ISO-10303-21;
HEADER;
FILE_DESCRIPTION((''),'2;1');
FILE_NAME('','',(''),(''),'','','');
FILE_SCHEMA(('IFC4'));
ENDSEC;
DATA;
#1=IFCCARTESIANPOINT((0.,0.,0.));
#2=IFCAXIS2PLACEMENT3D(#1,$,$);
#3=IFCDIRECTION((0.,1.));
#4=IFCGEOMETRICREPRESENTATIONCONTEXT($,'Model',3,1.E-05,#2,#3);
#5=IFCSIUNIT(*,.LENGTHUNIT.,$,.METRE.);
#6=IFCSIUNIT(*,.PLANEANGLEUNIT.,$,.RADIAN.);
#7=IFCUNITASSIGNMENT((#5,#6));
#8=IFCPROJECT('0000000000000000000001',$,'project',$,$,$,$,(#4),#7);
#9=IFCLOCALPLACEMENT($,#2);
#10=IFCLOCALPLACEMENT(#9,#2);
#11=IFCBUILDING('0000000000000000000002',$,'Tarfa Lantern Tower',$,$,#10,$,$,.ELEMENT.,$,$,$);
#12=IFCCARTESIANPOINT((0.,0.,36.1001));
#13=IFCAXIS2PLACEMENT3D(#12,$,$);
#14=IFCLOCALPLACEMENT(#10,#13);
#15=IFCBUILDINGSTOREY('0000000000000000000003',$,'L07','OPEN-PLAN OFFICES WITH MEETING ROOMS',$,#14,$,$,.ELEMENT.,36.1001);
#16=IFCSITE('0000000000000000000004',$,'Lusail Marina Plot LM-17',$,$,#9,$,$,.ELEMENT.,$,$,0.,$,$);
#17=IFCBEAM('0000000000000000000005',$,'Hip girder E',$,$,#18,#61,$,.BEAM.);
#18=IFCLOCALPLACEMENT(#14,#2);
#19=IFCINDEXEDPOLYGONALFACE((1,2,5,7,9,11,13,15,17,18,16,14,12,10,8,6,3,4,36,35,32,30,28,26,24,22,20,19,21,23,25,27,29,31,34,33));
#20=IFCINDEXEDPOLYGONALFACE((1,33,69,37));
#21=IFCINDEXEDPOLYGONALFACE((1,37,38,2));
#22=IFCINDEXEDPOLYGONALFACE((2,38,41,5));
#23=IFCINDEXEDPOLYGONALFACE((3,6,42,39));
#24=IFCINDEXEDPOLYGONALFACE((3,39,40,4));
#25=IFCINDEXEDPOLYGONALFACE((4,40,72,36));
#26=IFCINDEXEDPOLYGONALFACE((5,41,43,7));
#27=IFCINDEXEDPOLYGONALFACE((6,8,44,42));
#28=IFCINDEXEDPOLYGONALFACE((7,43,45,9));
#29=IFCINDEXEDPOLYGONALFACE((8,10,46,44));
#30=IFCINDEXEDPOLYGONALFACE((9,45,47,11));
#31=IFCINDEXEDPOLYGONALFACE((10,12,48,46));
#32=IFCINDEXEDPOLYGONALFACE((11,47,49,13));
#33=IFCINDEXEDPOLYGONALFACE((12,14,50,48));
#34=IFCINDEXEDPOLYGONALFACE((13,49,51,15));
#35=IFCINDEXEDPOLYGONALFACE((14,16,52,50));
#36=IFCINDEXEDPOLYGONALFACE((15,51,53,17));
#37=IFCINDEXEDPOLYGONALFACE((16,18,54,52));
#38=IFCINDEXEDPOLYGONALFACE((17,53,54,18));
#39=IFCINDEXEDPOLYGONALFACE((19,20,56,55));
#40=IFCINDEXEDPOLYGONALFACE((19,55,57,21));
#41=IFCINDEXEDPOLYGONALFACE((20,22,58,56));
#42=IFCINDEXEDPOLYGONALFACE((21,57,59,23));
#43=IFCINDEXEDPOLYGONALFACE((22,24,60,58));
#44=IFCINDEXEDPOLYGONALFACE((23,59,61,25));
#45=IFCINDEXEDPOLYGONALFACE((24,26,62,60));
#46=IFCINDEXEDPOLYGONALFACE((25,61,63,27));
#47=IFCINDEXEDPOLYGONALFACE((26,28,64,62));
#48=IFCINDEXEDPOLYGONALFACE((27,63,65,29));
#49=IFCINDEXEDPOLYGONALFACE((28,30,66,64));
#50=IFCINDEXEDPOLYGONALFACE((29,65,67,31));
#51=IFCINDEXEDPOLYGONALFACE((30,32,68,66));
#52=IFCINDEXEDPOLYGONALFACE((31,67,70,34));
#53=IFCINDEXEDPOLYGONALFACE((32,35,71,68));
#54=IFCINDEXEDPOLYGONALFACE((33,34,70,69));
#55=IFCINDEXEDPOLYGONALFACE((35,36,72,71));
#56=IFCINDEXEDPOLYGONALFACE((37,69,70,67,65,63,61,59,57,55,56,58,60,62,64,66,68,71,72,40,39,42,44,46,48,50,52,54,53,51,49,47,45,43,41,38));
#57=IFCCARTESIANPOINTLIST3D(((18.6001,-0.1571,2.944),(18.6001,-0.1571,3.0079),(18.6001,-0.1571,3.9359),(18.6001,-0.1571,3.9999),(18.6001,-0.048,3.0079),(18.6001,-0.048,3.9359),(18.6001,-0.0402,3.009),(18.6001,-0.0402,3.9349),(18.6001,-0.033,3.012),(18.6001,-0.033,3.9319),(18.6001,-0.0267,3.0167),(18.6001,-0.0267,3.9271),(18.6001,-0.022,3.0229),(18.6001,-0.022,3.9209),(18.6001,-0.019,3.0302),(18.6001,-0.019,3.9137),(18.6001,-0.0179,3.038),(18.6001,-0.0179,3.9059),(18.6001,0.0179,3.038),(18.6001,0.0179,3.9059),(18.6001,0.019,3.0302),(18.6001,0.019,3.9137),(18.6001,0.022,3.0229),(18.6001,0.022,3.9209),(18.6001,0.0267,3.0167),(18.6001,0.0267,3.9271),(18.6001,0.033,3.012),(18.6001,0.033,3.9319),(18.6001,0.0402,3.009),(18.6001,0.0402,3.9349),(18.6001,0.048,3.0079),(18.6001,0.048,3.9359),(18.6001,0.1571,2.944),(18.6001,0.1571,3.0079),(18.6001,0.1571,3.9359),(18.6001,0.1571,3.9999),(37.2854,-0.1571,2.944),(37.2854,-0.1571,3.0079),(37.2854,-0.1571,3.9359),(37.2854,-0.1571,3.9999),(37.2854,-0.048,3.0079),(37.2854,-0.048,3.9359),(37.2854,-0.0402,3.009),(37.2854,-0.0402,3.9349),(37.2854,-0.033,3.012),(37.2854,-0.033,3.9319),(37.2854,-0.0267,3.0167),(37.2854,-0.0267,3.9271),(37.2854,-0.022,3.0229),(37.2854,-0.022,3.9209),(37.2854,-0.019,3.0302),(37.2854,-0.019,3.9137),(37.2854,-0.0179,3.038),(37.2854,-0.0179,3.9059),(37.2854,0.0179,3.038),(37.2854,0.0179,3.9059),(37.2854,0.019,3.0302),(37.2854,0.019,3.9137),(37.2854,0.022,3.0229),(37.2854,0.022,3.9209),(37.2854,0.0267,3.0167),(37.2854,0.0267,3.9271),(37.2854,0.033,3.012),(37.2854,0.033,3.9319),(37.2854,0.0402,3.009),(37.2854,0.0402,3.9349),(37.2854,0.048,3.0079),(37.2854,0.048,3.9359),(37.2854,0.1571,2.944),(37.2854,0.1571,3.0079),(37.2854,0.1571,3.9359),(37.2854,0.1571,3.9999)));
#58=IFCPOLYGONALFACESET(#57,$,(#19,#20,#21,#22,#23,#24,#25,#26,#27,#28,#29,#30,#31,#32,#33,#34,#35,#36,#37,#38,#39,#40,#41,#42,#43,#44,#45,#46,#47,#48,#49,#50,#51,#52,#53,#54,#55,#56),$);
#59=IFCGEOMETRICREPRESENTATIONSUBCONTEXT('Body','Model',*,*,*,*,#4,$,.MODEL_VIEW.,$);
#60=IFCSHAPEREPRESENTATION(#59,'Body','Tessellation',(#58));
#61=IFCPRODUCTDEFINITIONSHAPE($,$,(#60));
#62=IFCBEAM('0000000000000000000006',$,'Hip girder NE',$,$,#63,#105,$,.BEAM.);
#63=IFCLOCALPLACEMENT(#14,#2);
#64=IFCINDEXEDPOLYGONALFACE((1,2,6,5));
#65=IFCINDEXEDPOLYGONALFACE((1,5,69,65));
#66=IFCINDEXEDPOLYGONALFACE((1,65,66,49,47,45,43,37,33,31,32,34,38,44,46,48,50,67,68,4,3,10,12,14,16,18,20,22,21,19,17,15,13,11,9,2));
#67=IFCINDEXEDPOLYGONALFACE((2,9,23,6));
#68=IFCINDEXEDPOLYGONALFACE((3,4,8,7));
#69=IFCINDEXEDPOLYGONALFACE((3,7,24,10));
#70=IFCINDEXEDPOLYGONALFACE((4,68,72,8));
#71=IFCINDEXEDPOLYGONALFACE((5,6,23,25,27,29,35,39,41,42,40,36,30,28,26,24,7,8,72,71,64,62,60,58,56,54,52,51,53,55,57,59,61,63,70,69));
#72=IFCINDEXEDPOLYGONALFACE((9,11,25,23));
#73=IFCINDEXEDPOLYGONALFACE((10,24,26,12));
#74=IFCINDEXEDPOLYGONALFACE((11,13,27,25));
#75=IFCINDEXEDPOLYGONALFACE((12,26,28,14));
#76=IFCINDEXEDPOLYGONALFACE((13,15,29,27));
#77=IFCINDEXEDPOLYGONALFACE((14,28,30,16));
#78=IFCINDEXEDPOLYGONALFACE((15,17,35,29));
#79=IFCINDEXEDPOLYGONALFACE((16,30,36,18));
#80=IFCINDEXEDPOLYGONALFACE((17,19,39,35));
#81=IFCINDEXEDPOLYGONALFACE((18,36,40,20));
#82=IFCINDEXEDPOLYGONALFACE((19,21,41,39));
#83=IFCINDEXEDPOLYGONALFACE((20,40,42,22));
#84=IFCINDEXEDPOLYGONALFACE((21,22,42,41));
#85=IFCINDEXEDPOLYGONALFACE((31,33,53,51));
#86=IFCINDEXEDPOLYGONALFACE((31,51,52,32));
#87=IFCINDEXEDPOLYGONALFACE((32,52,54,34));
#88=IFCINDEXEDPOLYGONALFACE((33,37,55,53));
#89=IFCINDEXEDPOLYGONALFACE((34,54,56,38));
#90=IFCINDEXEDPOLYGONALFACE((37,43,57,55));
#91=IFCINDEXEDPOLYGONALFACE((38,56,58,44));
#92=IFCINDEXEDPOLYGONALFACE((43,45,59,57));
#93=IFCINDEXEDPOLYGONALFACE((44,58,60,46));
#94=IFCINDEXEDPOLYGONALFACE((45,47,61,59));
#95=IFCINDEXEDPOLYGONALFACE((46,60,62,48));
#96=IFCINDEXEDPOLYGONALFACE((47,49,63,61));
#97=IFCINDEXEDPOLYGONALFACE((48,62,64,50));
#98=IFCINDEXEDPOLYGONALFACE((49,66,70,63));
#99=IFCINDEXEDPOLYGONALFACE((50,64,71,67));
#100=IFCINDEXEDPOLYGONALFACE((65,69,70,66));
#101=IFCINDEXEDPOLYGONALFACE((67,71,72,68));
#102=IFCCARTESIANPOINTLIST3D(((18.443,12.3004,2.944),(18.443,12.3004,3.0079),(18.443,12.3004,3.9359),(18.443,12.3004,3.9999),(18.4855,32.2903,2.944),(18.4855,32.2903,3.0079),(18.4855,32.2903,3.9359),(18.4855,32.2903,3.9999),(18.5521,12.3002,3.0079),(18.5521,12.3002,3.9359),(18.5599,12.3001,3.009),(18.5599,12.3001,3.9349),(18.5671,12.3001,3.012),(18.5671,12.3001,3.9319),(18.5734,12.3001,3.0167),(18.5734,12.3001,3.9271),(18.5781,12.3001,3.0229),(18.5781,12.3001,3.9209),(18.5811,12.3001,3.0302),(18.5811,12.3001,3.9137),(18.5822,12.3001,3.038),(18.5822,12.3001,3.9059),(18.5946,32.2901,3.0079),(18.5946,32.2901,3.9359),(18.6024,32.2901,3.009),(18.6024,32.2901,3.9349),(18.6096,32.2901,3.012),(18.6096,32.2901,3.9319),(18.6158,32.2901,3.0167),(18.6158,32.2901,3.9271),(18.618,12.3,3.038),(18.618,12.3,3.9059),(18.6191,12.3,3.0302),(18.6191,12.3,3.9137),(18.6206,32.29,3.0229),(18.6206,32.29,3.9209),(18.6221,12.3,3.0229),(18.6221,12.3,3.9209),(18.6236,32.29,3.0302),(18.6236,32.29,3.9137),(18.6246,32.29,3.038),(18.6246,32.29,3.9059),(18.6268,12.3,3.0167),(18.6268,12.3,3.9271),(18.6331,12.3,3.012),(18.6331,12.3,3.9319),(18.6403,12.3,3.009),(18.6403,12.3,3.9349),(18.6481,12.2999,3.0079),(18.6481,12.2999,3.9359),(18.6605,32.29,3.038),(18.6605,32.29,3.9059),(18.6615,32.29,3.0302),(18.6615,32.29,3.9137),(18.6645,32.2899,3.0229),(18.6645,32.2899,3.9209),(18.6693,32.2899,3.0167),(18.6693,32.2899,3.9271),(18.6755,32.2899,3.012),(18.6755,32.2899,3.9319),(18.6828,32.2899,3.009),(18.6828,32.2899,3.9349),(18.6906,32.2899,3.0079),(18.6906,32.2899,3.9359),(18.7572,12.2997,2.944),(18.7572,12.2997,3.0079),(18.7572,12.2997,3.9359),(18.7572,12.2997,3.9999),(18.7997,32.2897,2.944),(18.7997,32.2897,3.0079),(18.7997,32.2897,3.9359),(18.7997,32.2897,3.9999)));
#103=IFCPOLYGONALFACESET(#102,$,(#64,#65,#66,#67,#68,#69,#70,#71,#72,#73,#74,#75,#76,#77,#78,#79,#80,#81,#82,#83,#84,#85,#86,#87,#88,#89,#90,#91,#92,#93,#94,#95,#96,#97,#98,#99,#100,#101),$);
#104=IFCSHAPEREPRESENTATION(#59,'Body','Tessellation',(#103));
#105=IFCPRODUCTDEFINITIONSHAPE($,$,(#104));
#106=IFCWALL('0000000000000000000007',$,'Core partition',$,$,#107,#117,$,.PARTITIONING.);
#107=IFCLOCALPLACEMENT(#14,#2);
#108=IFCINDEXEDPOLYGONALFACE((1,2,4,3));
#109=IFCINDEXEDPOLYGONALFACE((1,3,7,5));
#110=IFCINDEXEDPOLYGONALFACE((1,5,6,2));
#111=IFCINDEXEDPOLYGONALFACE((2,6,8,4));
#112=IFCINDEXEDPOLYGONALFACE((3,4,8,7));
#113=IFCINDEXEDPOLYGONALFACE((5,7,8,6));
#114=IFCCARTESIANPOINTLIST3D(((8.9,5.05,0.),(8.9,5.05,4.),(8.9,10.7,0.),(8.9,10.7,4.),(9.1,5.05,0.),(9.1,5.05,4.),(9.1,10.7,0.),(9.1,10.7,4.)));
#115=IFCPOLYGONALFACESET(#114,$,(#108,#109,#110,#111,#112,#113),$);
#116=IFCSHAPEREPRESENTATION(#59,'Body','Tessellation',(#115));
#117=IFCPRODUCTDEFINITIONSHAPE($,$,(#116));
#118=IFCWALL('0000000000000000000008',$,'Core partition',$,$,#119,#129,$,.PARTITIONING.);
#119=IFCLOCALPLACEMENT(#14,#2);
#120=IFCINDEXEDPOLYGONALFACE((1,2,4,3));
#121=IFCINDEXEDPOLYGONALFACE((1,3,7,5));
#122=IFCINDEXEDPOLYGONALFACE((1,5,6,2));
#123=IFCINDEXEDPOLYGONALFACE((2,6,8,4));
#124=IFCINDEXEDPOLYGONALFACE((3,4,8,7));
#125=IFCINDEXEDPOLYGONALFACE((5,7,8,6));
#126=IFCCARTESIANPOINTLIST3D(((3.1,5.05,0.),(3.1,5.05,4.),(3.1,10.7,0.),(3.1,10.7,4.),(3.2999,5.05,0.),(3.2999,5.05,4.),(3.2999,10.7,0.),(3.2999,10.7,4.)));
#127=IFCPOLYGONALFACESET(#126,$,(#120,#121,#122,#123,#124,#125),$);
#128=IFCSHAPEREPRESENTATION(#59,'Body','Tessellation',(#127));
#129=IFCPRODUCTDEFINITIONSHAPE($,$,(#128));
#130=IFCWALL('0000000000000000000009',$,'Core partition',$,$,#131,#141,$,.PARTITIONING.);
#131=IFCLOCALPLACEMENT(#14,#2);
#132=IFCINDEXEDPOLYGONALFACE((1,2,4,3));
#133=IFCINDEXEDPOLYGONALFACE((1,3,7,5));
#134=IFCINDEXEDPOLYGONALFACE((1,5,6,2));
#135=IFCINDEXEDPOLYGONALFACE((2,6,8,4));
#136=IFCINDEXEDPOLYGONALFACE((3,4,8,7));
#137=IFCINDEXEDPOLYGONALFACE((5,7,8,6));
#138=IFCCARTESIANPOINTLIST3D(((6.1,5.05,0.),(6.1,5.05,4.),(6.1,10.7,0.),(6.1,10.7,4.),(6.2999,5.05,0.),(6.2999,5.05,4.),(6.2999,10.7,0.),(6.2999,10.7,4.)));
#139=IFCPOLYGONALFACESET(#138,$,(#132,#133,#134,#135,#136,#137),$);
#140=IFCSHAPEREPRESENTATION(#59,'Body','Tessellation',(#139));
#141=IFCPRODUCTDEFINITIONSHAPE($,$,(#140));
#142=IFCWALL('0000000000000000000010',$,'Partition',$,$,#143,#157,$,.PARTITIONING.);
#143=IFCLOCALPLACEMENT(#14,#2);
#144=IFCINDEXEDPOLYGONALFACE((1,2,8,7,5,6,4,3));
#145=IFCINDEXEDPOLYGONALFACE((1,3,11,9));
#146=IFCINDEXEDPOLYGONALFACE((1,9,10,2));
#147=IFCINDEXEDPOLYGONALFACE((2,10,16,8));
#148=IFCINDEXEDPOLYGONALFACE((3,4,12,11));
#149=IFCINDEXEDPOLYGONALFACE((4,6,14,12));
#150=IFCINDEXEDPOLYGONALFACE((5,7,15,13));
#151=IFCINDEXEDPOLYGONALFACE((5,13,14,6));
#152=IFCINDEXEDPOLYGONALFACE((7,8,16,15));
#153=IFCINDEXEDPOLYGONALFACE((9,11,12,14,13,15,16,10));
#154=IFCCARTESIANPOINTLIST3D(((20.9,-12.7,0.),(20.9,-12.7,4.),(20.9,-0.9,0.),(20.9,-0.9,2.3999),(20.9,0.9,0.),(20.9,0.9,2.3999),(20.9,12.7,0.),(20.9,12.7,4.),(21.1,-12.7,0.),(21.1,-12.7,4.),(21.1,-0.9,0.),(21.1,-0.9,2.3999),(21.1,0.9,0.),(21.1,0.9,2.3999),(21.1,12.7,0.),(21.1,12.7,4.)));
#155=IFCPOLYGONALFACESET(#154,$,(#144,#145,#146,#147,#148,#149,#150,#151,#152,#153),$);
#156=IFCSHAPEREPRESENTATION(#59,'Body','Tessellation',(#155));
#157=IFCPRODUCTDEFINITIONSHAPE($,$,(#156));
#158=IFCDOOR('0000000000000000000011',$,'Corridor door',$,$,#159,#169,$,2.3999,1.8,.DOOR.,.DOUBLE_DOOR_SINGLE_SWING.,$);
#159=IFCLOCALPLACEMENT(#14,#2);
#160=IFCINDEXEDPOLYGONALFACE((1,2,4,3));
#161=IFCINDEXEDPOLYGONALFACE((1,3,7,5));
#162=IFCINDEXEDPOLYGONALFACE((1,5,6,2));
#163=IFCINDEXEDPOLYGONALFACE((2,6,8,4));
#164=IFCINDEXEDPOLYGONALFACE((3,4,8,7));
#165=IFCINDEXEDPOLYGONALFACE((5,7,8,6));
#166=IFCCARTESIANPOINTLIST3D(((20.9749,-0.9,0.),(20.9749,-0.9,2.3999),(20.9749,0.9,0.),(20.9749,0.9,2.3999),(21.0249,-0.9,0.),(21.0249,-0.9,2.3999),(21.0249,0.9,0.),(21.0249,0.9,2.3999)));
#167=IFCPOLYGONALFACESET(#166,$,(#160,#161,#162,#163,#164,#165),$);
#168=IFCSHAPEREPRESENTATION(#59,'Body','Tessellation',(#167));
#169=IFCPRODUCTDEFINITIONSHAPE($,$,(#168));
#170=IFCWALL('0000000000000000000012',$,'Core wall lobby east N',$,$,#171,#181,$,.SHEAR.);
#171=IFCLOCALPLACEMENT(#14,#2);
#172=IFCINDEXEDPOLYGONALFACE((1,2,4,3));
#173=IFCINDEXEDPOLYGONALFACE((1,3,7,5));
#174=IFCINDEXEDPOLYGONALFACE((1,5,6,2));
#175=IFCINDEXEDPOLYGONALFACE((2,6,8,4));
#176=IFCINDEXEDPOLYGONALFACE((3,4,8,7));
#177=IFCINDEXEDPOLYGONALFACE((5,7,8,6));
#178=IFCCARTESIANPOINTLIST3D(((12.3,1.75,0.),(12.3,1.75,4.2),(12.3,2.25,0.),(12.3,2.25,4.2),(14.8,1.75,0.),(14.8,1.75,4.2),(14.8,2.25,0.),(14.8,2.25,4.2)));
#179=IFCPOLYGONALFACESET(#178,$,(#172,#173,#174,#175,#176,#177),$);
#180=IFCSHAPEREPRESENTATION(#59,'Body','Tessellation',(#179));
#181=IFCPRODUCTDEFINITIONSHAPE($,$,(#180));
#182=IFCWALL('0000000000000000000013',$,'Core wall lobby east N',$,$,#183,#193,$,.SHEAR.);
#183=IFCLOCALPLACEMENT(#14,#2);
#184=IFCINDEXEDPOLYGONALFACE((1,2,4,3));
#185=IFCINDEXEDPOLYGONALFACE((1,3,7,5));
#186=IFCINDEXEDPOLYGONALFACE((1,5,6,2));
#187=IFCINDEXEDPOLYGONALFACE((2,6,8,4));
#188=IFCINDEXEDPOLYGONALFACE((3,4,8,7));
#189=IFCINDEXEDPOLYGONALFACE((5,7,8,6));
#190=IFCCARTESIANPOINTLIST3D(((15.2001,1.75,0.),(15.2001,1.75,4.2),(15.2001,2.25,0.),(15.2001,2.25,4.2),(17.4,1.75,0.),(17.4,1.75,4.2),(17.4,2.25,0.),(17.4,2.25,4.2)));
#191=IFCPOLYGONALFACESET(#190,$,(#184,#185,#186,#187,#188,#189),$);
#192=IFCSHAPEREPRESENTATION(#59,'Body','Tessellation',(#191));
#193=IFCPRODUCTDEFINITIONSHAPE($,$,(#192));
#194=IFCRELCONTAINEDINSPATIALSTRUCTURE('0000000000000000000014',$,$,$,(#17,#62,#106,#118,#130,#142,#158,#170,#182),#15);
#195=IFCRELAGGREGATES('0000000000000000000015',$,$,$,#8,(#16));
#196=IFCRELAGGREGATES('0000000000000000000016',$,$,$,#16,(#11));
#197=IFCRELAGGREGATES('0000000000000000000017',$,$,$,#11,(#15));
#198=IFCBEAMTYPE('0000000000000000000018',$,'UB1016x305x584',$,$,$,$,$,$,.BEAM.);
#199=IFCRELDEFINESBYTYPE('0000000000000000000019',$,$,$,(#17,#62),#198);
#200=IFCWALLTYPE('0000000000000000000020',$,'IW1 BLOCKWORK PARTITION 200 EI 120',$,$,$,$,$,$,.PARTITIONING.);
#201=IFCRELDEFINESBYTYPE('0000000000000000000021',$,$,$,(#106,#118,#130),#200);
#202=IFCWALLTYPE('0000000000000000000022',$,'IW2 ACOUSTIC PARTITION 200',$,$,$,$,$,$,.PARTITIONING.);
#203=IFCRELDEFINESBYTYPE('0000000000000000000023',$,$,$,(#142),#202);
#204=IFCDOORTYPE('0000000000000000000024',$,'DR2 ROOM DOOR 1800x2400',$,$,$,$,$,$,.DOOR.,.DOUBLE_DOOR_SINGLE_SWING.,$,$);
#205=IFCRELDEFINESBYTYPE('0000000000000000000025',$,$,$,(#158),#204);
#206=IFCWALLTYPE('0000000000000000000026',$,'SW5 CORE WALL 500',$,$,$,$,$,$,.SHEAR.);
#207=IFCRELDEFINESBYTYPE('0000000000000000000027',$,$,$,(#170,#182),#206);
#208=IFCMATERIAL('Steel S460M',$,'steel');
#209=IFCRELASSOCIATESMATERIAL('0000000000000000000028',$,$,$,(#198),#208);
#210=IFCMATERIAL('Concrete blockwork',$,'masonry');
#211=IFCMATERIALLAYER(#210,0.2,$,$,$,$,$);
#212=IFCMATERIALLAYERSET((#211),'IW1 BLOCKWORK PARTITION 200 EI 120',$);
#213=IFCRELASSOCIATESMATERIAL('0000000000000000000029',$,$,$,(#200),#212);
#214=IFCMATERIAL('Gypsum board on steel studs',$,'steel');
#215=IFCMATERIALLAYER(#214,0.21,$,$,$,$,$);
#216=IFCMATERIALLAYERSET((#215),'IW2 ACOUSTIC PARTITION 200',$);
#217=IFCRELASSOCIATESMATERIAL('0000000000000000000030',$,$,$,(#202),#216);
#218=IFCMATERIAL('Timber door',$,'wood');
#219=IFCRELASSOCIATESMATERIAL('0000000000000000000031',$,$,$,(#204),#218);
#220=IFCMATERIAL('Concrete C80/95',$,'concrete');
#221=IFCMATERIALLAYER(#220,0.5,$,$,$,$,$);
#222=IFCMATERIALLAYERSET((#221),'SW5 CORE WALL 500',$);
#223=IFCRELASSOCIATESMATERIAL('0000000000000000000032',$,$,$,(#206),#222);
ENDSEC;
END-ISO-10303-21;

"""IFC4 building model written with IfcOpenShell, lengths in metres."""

from ifc_helpers import new_model, si_unit, direction, frame, frame_2d, origin, origin_2d, place, context, subcontext, project, spatial, rectangle, i_section, extrude, material, layer, layer_set, material_profile, profile_set, type_object, element, fill, save


model = new_model("IFC4")

# Units and contexts
model_context = context("Model", 3, precision=1e-05, world=origin(), true_north=direction((0.0, 1.0)))
body_context = subcontext(model_context, "Body", "Model", "MODEL_VIEW")
ifc_project = project(units=[si_unit("LENGTHUNIT", "METRE"), si_unit("PLANEANGLEUNIT", "RADIAN")], contexts=[model_context])

# Site, building, storey
site_placement = place(None, origin())
site = spatial("IfcSite", under=ifc_project, at=site_placement, Name="Lusail Marina Plot LM-17", CompositionType="ELEMENT", RefElevation=0.0)
building_placement = place(site_placement, origin())
building = spatial("IfcBuilding", under=site, at=building_placement, Name="Tarfa Lantern Tower", CompositionType="ELEMENT")
storey_placement = place(building_placement, frame((0.0, 0.0, 36.1001)))
storey = spatial("IfcBuildingStorey", under=building, at=storey_placement, Name="L07", Description="OPEN-PLAN OFFICES WITH MEETING ROOMS", CompositionType="ELEMENT", Elevation=36.1001)

# Beams
ifc_material_1 = material(Name="Steel S460M", Category="steel")
ifc_material_profile = material_profile(ifc_material_1, i_section(OverallWidth=0.3142, OverallDepth=1.0559, WebThickness=0.0359, FlangeThickness=0.064, FilletRadius=0.03, at=origin_2d()), Name="UB1016x305x584")
ifc_profile_set = profile_set([ifc_material_profile], Name="Steel S460M")
beam_type = type_object("IfcBeamType", Name="UB1016x305x584", PredefinedType="BEAM", material=ifc_profile_set)
beam_1_placement = place(storey_placement, frame((18.6001, 0.0, 3.4719), z_axis=(1.0, 0.0, 0.0), x_axis=(0.0, 1.0, 0.0)))
element("IfcBeam", 1, at=beam_1_placement, inside=storey, type_object=beam_type, Name="Hip girder E", PredefinedType="BEAM", context=body_context, shape_type="SweptSolid", body=[
    extrude(i_section(OverallWidth=0.3142, OverallDepth=1.0559, WebThickness=0.0359, FlangeThickness=0.064, FilletRadius=0.03, at=origin_2d()), origin(), (0.0, 0.0, 1.0), 18.6853),
])
beam_2_placement = place(storey_placement, frame((18.6001, 12.3, 3.4719), z_axis=(0.002125, 0.999998, 0.0), x_axis=(-0.999998, 0.002125, 0.0)))
element("IfcBeam", 2, at=beam_2_placement, inside=storey, type_object=beam_type, Name="Hip girder NE", PredefinedType="BEAM", context=body_context, shape_type="SweptSolid", body=[
    extrude(i_section(OverallWidth=0.3142, OverallDepth=1.0559, WebThickness=0.0359, FlangeThickness=0.064, FilletRadius=0.03, at=origin_2d()), origin(), (0.0, 0.0, 1.0), 19.99),
])

# Walls
ifc_material_2 = material(Name="Concrete blockwork", Category="masonry")
ifc_layer_1 = layer(ifc_material_2, 0.2)
ifc_layer_set_1 = layer_set([ifc_layer_1], Name="IW1 BLOCKWORK PARTITION 200 EI 120")
wall_type_1 = type_object("IfcWallType", Name="IW1 BLOCKWORK PARTITION 200 EI 120", PredefinedType="PARTITIONING", material=ifc_layer_set_1)
for number, where, z_axis, x_axis, name in (
    (3, (9.0, 5.05, 0.0), (0.0, 0.0, 1.0), (0.0, 1.0, 0.0), "Core partition"),
    (4, (3.2, 5.05, 0.0), (0.0, 0.0, 1.0), (0.0, 1.0, 0.0), "Core partition"),
    (5, (6.2, 5.05, 0.0), (0.0, 0.0, 1.0), (0.0, 1.0, 0.0), "Core partition"),
):
    element("IfcWall", number, at=place(storey_placement, frame(where, z_axis=z_axis, x_axis=x_axis)), inside=storey, type_object=wall_type_1, Name=name, PredefinedType="PARTITIONING", context=body_context, shape_type="SweptSolid", body=[
        extrude(rectangle(XDim=5.6499, YDim=0.2, at=frame_2d((2.825, 0.0))), origin(), (0.0, 0.0, 1.0), 4.0),
    ])

# Wall, opening, door
ifc_material_3 = material(Name="Gypsum board on steel studs", Category="steel")
ifc_layer_2 = layer(ifc_material_3, 0.21)
ifc_layer_set_2 = layer_set([ifc_layer_2], Name="IW2 ACOUSTIC PARTITION 200")
wall_type_2 = type_object("IfcWallType", Name="IW2 ACOUSTIC PARTITION 200", PredefinedType="PARTITIONING", material=ifc_layer_set_2)
wall_1_placement = place(storey_placement, frame((21.0, 12.7, 0.0), z_axis=(0.0, 0.0, 1.0), x_axis=(0.0, -1.0, 0.0)))
wall_1 = element("IfcWall", 6, at=wall_1_placement, inside=storey, type_object=wall_type_2, Name="Partition", PredefinedType="PARTITIONING", context=body_context, shape_type="SweptSolid", body=[
    extrude(rectangle(XDim=25.3999, YDim=0.2, at=frame_2d((12.7, 0.0))), origin(), (0.0, 0.0, 1.0), 4.0),
])
opening_placement = place(wall_1_placement, frame((11.8, 0.0, 0.0)))
opening = element("IfcOpeningElement", 7, at=opening_placement, cuts=wall_1, PredefinedType="OPENING", context=body_context, shape_type="SweptSolid", body=[
    extrude(rectangle(XDim=1.8, YDim=2.3999, at=frame_2d((0.8999, 1.2))), frame((0.0, 0.1099, 0.0), z_axis=(0.0, -1.0, 0.0), x_axis=(1.0, 0.0, 0.0)), (0.0, 0.0, 1.0), 0.22),
])
ifc_material_4 = material(Name="Timber door", Category="wood")
door_type = type_object("IfcDoorType", Name="DR2 ROOM DOOR 1800x2400", OperationType="DOUBLE_DOOR_SINGLE_SWING", PredefinedType="DOOR", material=ifc_material_4)
door_placement = place(opening_placement, origin())
door = element("IfcDoor", 8, at=door_placement, inside=storey, type_object=door_type, Name="Corridor door", OperationType="DOUBLE_DOOR_SINGLE_SWING", OverallHeight=2.3999, OverallWidth=1.8, PredefinedType="DOOR", context=body_context, shape_type="SweptSolid", body=[
    extrude(rectangle(XDim=1.8, YDim=2.3999, at=frame_2d((0.8999, 1.2))), frame((0.0, 0.0249, 0.0), z_axis=(0.0, -1.0, 0.0), x_axis=(1.0, 0.0, 0.0)), (0.0, 0.0, 1.0), 0.05),
])
fill(opening, door)

# Walls
ifc_material_5 = material(Name="Concrete C80/95", Category="concrete")
ifc_layer_3 = layer(ifc_material_5, 0.5)
ifc_layer_set_3 = layer_set([ifc_layer_3], Name="SW5 CORE WALL 500")
wall_type_3 = type_object("IfcWallType", Name="SW5 CORE WALL 500", PredefinedType="SHEAR", material=ifc_layer_set_3)
wall_2_placement = place(storey_placement, frame((12.3, 2.0, 0.0), z_axis=(0.0, 0.0, 1.0), x_axis=(1.0, 0.0, 0.0)))
element("IfcWall", 9, at=wall_2_placement, inside=storey, type_object=wall_type_3, Name="Core wall lobby east N", PredefinedType="SHEAR", context=body_context, shape_type="SweptSolid", body=[
    extrude(rectangle(XDim=2.5, YDim=0.5, at=frame_2d((1.25, 0.0))), origin(), (0.0, 0.0, 1.0), 4.2),
])
wall_3_placement = place(storey_placement, frame((15.2, 2.0, 0.0), z_axis=(0.0, 0.0, 1.0), x_axis=(1.0, 0.0, 0.0)))
element("IfcWall", 10, at=wall_3_placement, inside=storey, type_object=wall_type_3, Name="Core wall lobby east N", PredefinedType="SHEAR", context=body_context, shape_type="SweptSolid", body=[
    extrude(rectangle(XDim=2.2, YDim=0.5, at=frame_2d((1.1001, 0.0))), origin(), (0.0, 0.0, 1.0), 4.2),
])

save(model, "model.ifc")
